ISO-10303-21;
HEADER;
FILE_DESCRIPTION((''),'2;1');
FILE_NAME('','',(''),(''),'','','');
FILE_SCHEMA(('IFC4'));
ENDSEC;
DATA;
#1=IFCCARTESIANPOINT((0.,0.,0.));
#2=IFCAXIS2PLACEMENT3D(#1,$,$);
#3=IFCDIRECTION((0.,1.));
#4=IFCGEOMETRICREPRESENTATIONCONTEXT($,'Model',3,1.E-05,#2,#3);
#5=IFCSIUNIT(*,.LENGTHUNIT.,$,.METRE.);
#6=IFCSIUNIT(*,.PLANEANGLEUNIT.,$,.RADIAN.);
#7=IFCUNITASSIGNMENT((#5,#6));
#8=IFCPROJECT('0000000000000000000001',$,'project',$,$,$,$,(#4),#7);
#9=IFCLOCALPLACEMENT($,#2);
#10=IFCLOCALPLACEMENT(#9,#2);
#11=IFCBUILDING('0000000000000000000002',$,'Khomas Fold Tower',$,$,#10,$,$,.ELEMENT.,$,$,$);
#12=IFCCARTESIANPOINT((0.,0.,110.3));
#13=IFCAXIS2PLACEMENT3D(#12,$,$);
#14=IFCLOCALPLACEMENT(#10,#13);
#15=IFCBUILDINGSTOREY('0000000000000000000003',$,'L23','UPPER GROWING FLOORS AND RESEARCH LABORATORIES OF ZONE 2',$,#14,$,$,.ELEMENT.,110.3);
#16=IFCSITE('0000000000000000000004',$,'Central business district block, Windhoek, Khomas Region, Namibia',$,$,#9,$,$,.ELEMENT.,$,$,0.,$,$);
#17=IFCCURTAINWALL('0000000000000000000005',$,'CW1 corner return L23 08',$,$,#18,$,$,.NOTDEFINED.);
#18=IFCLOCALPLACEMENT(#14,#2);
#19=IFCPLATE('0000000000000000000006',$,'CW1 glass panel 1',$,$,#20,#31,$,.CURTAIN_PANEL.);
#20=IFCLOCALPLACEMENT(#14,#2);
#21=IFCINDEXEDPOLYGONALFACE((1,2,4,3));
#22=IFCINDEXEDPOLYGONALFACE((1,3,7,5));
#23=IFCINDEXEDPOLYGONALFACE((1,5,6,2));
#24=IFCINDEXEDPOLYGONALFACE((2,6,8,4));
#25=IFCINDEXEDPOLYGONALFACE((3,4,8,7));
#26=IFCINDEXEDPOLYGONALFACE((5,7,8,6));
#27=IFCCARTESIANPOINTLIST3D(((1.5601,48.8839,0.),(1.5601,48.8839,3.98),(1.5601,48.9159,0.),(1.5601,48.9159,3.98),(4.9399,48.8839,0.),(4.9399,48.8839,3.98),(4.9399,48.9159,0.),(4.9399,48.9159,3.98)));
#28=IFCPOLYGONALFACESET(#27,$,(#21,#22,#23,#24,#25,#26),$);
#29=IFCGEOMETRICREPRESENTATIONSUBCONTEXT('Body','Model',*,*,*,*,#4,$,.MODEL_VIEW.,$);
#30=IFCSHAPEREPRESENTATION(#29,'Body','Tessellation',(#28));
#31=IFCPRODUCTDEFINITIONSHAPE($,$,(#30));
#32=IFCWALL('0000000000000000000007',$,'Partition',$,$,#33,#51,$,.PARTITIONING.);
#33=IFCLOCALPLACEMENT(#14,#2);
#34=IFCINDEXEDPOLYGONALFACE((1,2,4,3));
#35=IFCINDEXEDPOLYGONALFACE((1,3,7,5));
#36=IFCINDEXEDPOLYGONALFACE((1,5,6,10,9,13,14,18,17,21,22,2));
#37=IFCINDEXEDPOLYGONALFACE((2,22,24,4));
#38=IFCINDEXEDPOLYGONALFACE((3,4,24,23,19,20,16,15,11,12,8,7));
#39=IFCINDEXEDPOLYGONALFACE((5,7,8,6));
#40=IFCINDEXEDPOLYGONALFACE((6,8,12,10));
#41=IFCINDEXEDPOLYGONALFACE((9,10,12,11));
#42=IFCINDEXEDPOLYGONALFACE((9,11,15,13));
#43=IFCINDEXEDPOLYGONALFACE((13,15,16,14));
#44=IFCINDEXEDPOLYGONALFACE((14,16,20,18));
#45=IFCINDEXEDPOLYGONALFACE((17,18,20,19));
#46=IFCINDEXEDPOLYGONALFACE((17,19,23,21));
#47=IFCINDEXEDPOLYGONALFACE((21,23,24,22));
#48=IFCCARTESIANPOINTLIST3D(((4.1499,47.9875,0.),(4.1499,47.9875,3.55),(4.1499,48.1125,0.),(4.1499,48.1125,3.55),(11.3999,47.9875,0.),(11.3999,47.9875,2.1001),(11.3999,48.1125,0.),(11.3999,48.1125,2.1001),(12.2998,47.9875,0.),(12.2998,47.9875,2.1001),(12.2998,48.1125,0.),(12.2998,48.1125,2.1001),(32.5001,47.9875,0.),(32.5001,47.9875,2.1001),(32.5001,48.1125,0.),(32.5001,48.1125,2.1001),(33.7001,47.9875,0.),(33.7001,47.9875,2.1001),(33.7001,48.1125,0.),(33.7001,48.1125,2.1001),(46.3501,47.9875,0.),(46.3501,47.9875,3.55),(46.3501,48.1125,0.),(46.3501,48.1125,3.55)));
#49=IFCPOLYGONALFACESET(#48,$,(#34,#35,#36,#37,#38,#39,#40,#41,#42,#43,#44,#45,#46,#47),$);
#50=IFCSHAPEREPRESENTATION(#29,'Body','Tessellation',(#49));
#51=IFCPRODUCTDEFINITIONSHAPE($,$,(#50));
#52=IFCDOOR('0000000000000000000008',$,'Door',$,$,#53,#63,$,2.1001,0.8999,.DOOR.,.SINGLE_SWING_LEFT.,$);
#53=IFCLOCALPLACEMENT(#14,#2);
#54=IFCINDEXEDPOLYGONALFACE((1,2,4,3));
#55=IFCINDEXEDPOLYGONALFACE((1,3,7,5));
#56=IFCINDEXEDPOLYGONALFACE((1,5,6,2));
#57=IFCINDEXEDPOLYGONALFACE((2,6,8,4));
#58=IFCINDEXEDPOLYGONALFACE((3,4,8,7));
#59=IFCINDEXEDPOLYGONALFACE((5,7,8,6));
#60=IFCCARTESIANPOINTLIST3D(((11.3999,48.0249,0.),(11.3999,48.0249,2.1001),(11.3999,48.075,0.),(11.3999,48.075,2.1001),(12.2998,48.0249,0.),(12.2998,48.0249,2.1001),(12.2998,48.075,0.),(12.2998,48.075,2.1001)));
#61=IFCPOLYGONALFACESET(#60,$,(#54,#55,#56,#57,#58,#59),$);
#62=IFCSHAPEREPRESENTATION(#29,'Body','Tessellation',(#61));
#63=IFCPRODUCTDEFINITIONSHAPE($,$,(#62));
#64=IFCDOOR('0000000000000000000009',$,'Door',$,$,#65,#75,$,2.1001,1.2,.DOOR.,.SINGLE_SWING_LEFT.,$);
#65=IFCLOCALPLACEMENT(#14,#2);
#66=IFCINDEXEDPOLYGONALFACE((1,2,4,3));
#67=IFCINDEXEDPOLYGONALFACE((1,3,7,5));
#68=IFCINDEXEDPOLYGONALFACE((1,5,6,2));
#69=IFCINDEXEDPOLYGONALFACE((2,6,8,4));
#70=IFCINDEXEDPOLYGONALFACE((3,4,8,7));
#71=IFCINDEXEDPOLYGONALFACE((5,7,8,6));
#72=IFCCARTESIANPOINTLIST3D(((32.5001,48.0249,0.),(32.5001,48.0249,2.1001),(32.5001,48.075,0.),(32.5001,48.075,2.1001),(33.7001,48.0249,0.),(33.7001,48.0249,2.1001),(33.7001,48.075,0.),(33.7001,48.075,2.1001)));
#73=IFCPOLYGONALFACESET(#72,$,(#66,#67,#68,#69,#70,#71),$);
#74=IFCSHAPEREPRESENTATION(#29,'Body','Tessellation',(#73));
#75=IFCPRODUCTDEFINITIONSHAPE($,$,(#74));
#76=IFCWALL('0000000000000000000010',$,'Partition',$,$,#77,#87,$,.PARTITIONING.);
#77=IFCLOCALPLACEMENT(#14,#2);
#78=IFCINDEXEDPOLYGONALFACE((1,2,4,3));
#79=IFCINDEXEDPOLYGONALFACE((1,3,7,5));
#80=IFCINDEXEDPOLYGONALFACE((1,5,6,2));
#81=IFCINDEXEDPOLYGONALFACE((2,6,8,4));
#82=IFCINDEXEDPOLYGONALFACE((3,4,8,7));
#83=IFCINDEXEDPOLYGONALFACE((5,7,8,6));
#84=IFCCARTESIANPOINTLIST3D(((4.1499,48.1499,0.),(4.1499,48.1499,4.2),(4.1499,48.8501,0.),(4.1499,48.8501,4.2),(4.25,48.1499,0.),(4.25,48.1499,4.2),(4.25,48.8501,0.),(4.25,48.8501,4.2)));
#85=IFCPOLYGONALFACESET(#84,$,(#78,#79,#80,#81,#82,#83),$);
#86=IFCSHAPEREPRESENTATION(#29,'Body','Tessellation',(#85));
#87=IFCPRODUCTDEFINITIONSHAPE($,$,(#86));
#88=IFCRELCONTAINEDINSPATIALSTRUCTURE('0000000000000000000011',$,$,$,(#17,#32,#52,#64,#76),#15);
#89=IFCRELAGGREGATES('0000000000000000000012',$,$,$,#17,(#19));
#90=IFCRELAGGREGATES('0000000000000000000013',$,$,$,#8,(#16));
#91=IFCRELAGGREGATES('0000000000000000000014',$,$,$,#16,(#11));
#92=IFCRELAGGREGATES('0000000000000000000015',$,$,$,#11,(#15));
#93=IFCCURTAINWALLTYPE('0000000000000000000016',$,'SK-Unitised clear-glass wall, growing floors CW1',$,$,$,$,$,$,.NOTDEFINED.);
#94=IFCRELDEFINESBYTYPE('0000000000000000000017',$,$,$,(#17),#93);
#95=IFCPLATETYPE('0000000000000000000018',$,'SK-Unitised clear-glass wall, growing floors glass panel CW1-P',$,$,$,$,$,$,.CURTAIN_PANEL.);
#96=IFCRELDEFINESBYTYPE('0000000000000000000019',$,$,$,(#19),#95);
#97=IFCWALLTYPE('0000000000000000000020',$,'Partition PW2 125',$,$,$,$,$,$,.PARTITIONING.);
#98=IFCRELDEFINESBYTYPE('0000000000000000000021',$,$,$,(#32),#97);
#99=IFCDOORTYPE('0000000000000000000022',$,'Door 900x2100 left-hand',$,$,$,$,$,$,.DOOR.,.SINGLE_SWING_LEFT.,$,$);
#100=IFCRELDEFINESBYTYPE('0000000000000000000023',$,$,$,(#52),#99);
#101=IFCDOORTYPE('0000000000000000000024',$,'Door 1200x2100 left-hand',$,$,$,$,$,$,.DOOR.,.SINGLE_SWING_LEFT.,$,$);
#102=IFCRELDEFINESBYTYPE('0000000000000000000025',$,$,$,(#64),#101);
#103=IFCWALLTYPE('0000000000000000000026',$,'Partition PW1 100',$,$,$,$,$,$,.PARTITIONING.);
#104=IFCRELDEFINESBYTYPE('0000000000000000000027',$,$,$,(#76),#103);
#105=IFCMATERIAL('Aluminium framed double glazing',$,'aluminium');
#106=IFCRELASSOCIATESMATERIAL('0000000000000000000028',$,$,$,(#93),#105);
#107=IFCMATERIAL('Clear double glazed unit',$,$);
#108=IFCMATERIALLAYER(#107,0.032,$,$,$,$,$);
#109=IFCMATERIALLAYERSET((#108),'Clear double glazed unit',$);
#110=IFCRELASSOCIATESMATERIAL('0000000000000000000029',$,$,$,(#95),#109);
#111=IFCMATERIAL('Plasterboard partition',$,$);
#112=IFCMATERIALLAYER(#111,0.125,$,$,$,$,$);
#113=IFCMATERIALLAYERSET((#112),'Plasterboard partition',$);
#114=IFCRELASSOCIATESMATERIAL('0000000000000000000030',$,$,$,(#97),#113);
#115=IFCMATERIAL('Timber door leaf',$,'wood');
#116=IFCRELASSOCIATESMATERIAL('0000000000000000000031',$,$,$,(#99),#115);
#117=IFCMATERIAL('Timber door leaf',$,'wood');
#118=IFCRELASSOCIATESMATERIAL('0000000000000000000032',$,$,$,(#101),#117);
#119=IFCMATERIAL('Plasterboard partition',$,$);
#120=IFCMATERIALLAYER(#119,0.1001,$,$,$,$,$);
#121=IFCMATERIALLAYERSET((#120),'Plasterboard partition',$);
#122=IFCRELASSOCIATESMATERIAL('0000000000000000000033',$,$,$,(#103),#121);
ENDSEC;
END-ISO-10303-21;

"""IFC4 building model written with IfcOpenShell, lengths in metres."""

from ifc_helpers import new_model, si_unit, direction, frame, frame_2d, origin, origin_2d, place, context, subcontext, project, spatial, rectangle, extrude, source, transform, mapped, material, layer, layer_set, type_object, element, fill, aggregate, save


model = new_model("IFC4")

# Units and contexts
model_context = context("Model", 3, precision=1e-05, world=origin(), true_north=direction((0.0, 1.0)))
body_context = subcontext(model_context, "Body", "Model", "MODEL_VIEW")
ifc_project = project(units=[si_unit("LENGTHUNIT", "METRE"), si_unit("PLANEANGLEUNIT", "RADIAN")], contexts=[model_context])

# Site, building, storey
site_placement = place(None, origin())
site = spatial("IfcSite", under=ifc_project, at=site_placement, Name="Central business district block, Windhoek, Khomas Region, Namibia", CompositionType="ELEMENT", RefElevation=0.0)
building_placement = place(site_placement, origin())
building = spatial("IfcBuilding", under=site, at=building_placement, Name="Khomas Fold Tower", CompositionType="ELEMENT")
storey_placement = place(building_placement, frame((0.0, 0.0, 110.3)))
storey = spatial("IfcBuildingStorey", under=building, at=storey_placement, Name="L23", Description="UPPER GROWING FLOORS AND RESEARCH LABORATORIES OF ZONE 2", CompositionType="ELEMENT", Elevation=110.3)

# Shared definitions
ifc_material_1 = material(Name="Aluminium framed double glazing", Category="aluminium")
curtain_wall_type = type_object("IfcCurtainWallType", Name="SK-Unitised clear-glass wall, growing floors CW1", PredefinedType="NOTDEFINED", material=ifc_material_1)

# Curtain wall
curtain_wall_1_placement = place(storey_placement, origin())
curtain_wall_1 = element("IfcCurtainWall", 1, at=curtain_wall_1_placement, inside=storey, type_object=curtain_wall_type, Name="CW1 corner return L23 08", PredefinedType="NOTDEFINED")

# Plate
ifc_material_2 = material(Name="Clear double glazed unit")
ifc_layer_1 = layer(ifc_material_2, 0.032)
ifc_layer_set_1 = layer_set([ifc_layer_1], Name="Clear double glazed unit")
plate_type = type_object("IfcPlateType", Name="SK-Unitised clear-glass wall, growing floors glass panel CW1-P", PredefinedType="CURTAIN_PANEL", material=ifc_layer_set_1)
shared_shape_1 = source(origin(), body_context, "Body", "SweptSolid", [
    extrude(rectangle(XDim=3.3799, YDim=0.032, at=origin_2d()), origin(), (0.0, 0.0, 1.0), 3.98),
])
plate_1_placement = place(storey_placement, frame((3.25, 48.8999, 0.0), z_axis=(0.0, 0.0, 1.0), x_axis=(-1.0, 0.0, 0.0)))
plate_1 = element("IfcPlate", 2, at=plate_1_placement, type_object=plate_type, Name="CW1 glass panel 1", PredefinedType="CURTAIN_PANEL", context=body_context, shape_type="MappedRepresentation", body=[
    mapped(shared_shape_1, transform((0.0, 0.0, 0.0))),
])
aggregate(curtain_wall_1, [plate_1])

# Wall, openings, doors
ifc_material_3 = material(Name="Plasterboard partition")
ifc_layer_2 = layer(ifc_material_3, 0.125)
ifc_layer_set_2 = layer_set([ifc_layer_2], Name="Plasterboard partition")
wall_type_1 = type_object("IfcWallType", Name="Partition PW2 125", PredefinedType="PARTITIONING", material=ifc_layer_set_2)
shared_shape_2 = source(origin(), body_context, "Body", "SweptSolid", [
    extrude(rectangle(XDim=42.2002, YDim=0.125, at=frame_2d((21.1001, 0.0))), origin(), (0.0, 0.0, 1.0), 3.55),
])
wall_1_placement = place(storey_placement, frame((4.1499, 48.05, 0.0), z_axis=(0.0, 0.0, 1.0), x_axis=(1.0, 0.0, 0.0)))
wall_1 = element("IfcWall", 3, at=wall_1_placement, inside=storey, type_object=wall_type_1, Name="Partition", PredefinedType="PARTITIONING", context=body_context, shape_type="MappedRepresentation", body=[
    mapped(shared_shape_2, transform((0.0, 0.0, 0.0))),
])
shared_shape_3 = source(origin(), body_context, "Body", "SweptSolid", [
    extrude(rectangle(XDim=0.8999, YDim=2.1001, at=frame_2d((0.45, 1.05))), frame((0.0, 0.0725, 0.0), z_axis=(0.0, -1.0, 0.0), x_axis=(1.0, 0.0, 0.0)), (0.0, 0.0, 1.0), 0.145),
])
opening_1_placement = place(wall_1_placement, frame((7.25, 0.0, 0.0)))
opening_1 = element("IfcOpeningElement", 4, at=opening_1_placement, cuts=wall_1, PredefinedType="OPENING", context=body_context, shape_type="MappedRepresentation", body=[
    mapped(shared_shape_3, transform((0.0, 0.0, 0.0))),
])
shared_shape_4 = source(origin(), body_context, "Body", "SweptSolid", [
    extrude(rectangle(XDim=1.2, YDim=2.1001, at=frame_2d((0.6001, 1.05))), frame((0.0, 0.0725, 0.0), z_axis=(0.0, -1.0, 0.0), x_axis=(1.0, 0.0, 0.0)), (0.0, 0.0, 1.0), 0.145),
])
opening_2_placement = place(wall_1_placement, frame((28.3501, 0.0, 0.0)))
opening_2 = element("IfcOpeningElement", 5, at=opening_2_placement, cuts=wall_1, PredefinedType="OPENING", context=body_context, shape_type="MappedRepresentation", body=[
    mapped(shared_shape_4, transform((0.0, 0.0, 0.0))),
])
ifc_material_4 = material(Name="Timber door leaf", Category="wood")
door_type_1 = type_object("IfcDoorType", Name="Door 900x2100 left-hand", OperationType="SINGLE_SWING_LEFT", PredefinedType="DOOR", material=ifc_material_4)
shared_shape_5 = source(origin(), body_context, "Body", "SweptSolid", [
    extrude(rectangle(XDim=0.8999, YDim=2.1001, at=frame_2d((0.45, 1.05))), frame((0.0, 0.0249, 0.0), z_axis=(0.0, -1.0, 0.0), x_axis=(1.0, 0.0, 0.0)), (0.0, 0.0, 1.0), 0.05),
])
door_1_placement = place(opening_1_placement, origin())
door_1 = element("IfcDoor", 6, at=door_1_placement, inside=storey, type_object=door_type_1, Name="Door", OperationType="SINGLE_SWING_LEFT", OverallHeight=2.1001, OverallWidth=0.8999, PredefinedType="DOOR", context=body_context, shape_type="MappedRepresentation", body=[
    mapped(shared_shape_5, transform((0.0, 0.0, 0.0))),
])
fill(opening_1, door_1)
ifc_material_5 = material(Name="Timber door leaf", Category="wood")
door_type_2 = type_object("IfcDoorType", Name="Door 1200x2100 left-hand", OperationType="SINGLE_SWING_LEFT", PredefinedType="DOOR", material=ifc_material_5)
shared_shape_6 = source(origin(), body_context, "Body", "SweptSolid", [
    extrude(rectangle(XDim=1.2, YDim=2.1001, at=frame_2d((0.6001, 1.05))), frame((0.0, 0.0249, 0.0), z_axis=(0.0, -1.0, 0.0), x_axis=(1.0, 0.0, 0.0)), (0.0, 0.0, 1.0), 0.05),
])
door_2_placement = place(opening_2_placement, origin())
door_2 = element("IfcDoor", 7, at=door_2_placement, inside=storey, type_object=door_type_2, Name="Door", OperationType="SINGLE_SWING_LEFT", OverallHeight=2.1001, OverallWidth=1.2, PredefinedType="DOOR", context=body_context, shape_type="MappedRepresentation", body=[
    mapped(shared_shape_6, transform((0.0, 0.0, 0.0))),
])
fill(opening_2, door_2)

# Wall
ifc_material_6 = material(Name="Plasterboard partition")
ifc_layer_3 = layer(ifc_material_6, 0.1001)
ifc_layer_set_3 = layer_set([ifc_layer_3], Name="Plasterboard partition")
wall_type_2 = type_object("IfcWallType", Name="Partition PW1 100", PredefinedType="PARTITIONING", material=ifc_layer_set_3)
shared_shape_7 = source(origin(), body_context, "Body", "SweptSolid", [
    extrude(rectangle(XDim=0.7002, YDim=0.1001, at=frame_2d((0.3501, 0.0))), origin(), (0.0, 0.0, 1.0), 4.2),
])
wall_2_placement = place(storey_placement, frame((4.2, 48.1499, 0.0), z_axis=(0.0, 0.0, 1.0), x_axis=(0.0, 1.0, 0.0)))
element("IfcWall", 8, at=wall_2_placement, inside=storey, type_object=wall_type_2, Name="Partition", PredefinedType="PARTITIONING", context=body_context, shape_type="MappedRepresentation", body=[
    mapped(shared_shape_7, transform((0.0, 0.0, 0.0))),
])

save(model, "model.ifc")
